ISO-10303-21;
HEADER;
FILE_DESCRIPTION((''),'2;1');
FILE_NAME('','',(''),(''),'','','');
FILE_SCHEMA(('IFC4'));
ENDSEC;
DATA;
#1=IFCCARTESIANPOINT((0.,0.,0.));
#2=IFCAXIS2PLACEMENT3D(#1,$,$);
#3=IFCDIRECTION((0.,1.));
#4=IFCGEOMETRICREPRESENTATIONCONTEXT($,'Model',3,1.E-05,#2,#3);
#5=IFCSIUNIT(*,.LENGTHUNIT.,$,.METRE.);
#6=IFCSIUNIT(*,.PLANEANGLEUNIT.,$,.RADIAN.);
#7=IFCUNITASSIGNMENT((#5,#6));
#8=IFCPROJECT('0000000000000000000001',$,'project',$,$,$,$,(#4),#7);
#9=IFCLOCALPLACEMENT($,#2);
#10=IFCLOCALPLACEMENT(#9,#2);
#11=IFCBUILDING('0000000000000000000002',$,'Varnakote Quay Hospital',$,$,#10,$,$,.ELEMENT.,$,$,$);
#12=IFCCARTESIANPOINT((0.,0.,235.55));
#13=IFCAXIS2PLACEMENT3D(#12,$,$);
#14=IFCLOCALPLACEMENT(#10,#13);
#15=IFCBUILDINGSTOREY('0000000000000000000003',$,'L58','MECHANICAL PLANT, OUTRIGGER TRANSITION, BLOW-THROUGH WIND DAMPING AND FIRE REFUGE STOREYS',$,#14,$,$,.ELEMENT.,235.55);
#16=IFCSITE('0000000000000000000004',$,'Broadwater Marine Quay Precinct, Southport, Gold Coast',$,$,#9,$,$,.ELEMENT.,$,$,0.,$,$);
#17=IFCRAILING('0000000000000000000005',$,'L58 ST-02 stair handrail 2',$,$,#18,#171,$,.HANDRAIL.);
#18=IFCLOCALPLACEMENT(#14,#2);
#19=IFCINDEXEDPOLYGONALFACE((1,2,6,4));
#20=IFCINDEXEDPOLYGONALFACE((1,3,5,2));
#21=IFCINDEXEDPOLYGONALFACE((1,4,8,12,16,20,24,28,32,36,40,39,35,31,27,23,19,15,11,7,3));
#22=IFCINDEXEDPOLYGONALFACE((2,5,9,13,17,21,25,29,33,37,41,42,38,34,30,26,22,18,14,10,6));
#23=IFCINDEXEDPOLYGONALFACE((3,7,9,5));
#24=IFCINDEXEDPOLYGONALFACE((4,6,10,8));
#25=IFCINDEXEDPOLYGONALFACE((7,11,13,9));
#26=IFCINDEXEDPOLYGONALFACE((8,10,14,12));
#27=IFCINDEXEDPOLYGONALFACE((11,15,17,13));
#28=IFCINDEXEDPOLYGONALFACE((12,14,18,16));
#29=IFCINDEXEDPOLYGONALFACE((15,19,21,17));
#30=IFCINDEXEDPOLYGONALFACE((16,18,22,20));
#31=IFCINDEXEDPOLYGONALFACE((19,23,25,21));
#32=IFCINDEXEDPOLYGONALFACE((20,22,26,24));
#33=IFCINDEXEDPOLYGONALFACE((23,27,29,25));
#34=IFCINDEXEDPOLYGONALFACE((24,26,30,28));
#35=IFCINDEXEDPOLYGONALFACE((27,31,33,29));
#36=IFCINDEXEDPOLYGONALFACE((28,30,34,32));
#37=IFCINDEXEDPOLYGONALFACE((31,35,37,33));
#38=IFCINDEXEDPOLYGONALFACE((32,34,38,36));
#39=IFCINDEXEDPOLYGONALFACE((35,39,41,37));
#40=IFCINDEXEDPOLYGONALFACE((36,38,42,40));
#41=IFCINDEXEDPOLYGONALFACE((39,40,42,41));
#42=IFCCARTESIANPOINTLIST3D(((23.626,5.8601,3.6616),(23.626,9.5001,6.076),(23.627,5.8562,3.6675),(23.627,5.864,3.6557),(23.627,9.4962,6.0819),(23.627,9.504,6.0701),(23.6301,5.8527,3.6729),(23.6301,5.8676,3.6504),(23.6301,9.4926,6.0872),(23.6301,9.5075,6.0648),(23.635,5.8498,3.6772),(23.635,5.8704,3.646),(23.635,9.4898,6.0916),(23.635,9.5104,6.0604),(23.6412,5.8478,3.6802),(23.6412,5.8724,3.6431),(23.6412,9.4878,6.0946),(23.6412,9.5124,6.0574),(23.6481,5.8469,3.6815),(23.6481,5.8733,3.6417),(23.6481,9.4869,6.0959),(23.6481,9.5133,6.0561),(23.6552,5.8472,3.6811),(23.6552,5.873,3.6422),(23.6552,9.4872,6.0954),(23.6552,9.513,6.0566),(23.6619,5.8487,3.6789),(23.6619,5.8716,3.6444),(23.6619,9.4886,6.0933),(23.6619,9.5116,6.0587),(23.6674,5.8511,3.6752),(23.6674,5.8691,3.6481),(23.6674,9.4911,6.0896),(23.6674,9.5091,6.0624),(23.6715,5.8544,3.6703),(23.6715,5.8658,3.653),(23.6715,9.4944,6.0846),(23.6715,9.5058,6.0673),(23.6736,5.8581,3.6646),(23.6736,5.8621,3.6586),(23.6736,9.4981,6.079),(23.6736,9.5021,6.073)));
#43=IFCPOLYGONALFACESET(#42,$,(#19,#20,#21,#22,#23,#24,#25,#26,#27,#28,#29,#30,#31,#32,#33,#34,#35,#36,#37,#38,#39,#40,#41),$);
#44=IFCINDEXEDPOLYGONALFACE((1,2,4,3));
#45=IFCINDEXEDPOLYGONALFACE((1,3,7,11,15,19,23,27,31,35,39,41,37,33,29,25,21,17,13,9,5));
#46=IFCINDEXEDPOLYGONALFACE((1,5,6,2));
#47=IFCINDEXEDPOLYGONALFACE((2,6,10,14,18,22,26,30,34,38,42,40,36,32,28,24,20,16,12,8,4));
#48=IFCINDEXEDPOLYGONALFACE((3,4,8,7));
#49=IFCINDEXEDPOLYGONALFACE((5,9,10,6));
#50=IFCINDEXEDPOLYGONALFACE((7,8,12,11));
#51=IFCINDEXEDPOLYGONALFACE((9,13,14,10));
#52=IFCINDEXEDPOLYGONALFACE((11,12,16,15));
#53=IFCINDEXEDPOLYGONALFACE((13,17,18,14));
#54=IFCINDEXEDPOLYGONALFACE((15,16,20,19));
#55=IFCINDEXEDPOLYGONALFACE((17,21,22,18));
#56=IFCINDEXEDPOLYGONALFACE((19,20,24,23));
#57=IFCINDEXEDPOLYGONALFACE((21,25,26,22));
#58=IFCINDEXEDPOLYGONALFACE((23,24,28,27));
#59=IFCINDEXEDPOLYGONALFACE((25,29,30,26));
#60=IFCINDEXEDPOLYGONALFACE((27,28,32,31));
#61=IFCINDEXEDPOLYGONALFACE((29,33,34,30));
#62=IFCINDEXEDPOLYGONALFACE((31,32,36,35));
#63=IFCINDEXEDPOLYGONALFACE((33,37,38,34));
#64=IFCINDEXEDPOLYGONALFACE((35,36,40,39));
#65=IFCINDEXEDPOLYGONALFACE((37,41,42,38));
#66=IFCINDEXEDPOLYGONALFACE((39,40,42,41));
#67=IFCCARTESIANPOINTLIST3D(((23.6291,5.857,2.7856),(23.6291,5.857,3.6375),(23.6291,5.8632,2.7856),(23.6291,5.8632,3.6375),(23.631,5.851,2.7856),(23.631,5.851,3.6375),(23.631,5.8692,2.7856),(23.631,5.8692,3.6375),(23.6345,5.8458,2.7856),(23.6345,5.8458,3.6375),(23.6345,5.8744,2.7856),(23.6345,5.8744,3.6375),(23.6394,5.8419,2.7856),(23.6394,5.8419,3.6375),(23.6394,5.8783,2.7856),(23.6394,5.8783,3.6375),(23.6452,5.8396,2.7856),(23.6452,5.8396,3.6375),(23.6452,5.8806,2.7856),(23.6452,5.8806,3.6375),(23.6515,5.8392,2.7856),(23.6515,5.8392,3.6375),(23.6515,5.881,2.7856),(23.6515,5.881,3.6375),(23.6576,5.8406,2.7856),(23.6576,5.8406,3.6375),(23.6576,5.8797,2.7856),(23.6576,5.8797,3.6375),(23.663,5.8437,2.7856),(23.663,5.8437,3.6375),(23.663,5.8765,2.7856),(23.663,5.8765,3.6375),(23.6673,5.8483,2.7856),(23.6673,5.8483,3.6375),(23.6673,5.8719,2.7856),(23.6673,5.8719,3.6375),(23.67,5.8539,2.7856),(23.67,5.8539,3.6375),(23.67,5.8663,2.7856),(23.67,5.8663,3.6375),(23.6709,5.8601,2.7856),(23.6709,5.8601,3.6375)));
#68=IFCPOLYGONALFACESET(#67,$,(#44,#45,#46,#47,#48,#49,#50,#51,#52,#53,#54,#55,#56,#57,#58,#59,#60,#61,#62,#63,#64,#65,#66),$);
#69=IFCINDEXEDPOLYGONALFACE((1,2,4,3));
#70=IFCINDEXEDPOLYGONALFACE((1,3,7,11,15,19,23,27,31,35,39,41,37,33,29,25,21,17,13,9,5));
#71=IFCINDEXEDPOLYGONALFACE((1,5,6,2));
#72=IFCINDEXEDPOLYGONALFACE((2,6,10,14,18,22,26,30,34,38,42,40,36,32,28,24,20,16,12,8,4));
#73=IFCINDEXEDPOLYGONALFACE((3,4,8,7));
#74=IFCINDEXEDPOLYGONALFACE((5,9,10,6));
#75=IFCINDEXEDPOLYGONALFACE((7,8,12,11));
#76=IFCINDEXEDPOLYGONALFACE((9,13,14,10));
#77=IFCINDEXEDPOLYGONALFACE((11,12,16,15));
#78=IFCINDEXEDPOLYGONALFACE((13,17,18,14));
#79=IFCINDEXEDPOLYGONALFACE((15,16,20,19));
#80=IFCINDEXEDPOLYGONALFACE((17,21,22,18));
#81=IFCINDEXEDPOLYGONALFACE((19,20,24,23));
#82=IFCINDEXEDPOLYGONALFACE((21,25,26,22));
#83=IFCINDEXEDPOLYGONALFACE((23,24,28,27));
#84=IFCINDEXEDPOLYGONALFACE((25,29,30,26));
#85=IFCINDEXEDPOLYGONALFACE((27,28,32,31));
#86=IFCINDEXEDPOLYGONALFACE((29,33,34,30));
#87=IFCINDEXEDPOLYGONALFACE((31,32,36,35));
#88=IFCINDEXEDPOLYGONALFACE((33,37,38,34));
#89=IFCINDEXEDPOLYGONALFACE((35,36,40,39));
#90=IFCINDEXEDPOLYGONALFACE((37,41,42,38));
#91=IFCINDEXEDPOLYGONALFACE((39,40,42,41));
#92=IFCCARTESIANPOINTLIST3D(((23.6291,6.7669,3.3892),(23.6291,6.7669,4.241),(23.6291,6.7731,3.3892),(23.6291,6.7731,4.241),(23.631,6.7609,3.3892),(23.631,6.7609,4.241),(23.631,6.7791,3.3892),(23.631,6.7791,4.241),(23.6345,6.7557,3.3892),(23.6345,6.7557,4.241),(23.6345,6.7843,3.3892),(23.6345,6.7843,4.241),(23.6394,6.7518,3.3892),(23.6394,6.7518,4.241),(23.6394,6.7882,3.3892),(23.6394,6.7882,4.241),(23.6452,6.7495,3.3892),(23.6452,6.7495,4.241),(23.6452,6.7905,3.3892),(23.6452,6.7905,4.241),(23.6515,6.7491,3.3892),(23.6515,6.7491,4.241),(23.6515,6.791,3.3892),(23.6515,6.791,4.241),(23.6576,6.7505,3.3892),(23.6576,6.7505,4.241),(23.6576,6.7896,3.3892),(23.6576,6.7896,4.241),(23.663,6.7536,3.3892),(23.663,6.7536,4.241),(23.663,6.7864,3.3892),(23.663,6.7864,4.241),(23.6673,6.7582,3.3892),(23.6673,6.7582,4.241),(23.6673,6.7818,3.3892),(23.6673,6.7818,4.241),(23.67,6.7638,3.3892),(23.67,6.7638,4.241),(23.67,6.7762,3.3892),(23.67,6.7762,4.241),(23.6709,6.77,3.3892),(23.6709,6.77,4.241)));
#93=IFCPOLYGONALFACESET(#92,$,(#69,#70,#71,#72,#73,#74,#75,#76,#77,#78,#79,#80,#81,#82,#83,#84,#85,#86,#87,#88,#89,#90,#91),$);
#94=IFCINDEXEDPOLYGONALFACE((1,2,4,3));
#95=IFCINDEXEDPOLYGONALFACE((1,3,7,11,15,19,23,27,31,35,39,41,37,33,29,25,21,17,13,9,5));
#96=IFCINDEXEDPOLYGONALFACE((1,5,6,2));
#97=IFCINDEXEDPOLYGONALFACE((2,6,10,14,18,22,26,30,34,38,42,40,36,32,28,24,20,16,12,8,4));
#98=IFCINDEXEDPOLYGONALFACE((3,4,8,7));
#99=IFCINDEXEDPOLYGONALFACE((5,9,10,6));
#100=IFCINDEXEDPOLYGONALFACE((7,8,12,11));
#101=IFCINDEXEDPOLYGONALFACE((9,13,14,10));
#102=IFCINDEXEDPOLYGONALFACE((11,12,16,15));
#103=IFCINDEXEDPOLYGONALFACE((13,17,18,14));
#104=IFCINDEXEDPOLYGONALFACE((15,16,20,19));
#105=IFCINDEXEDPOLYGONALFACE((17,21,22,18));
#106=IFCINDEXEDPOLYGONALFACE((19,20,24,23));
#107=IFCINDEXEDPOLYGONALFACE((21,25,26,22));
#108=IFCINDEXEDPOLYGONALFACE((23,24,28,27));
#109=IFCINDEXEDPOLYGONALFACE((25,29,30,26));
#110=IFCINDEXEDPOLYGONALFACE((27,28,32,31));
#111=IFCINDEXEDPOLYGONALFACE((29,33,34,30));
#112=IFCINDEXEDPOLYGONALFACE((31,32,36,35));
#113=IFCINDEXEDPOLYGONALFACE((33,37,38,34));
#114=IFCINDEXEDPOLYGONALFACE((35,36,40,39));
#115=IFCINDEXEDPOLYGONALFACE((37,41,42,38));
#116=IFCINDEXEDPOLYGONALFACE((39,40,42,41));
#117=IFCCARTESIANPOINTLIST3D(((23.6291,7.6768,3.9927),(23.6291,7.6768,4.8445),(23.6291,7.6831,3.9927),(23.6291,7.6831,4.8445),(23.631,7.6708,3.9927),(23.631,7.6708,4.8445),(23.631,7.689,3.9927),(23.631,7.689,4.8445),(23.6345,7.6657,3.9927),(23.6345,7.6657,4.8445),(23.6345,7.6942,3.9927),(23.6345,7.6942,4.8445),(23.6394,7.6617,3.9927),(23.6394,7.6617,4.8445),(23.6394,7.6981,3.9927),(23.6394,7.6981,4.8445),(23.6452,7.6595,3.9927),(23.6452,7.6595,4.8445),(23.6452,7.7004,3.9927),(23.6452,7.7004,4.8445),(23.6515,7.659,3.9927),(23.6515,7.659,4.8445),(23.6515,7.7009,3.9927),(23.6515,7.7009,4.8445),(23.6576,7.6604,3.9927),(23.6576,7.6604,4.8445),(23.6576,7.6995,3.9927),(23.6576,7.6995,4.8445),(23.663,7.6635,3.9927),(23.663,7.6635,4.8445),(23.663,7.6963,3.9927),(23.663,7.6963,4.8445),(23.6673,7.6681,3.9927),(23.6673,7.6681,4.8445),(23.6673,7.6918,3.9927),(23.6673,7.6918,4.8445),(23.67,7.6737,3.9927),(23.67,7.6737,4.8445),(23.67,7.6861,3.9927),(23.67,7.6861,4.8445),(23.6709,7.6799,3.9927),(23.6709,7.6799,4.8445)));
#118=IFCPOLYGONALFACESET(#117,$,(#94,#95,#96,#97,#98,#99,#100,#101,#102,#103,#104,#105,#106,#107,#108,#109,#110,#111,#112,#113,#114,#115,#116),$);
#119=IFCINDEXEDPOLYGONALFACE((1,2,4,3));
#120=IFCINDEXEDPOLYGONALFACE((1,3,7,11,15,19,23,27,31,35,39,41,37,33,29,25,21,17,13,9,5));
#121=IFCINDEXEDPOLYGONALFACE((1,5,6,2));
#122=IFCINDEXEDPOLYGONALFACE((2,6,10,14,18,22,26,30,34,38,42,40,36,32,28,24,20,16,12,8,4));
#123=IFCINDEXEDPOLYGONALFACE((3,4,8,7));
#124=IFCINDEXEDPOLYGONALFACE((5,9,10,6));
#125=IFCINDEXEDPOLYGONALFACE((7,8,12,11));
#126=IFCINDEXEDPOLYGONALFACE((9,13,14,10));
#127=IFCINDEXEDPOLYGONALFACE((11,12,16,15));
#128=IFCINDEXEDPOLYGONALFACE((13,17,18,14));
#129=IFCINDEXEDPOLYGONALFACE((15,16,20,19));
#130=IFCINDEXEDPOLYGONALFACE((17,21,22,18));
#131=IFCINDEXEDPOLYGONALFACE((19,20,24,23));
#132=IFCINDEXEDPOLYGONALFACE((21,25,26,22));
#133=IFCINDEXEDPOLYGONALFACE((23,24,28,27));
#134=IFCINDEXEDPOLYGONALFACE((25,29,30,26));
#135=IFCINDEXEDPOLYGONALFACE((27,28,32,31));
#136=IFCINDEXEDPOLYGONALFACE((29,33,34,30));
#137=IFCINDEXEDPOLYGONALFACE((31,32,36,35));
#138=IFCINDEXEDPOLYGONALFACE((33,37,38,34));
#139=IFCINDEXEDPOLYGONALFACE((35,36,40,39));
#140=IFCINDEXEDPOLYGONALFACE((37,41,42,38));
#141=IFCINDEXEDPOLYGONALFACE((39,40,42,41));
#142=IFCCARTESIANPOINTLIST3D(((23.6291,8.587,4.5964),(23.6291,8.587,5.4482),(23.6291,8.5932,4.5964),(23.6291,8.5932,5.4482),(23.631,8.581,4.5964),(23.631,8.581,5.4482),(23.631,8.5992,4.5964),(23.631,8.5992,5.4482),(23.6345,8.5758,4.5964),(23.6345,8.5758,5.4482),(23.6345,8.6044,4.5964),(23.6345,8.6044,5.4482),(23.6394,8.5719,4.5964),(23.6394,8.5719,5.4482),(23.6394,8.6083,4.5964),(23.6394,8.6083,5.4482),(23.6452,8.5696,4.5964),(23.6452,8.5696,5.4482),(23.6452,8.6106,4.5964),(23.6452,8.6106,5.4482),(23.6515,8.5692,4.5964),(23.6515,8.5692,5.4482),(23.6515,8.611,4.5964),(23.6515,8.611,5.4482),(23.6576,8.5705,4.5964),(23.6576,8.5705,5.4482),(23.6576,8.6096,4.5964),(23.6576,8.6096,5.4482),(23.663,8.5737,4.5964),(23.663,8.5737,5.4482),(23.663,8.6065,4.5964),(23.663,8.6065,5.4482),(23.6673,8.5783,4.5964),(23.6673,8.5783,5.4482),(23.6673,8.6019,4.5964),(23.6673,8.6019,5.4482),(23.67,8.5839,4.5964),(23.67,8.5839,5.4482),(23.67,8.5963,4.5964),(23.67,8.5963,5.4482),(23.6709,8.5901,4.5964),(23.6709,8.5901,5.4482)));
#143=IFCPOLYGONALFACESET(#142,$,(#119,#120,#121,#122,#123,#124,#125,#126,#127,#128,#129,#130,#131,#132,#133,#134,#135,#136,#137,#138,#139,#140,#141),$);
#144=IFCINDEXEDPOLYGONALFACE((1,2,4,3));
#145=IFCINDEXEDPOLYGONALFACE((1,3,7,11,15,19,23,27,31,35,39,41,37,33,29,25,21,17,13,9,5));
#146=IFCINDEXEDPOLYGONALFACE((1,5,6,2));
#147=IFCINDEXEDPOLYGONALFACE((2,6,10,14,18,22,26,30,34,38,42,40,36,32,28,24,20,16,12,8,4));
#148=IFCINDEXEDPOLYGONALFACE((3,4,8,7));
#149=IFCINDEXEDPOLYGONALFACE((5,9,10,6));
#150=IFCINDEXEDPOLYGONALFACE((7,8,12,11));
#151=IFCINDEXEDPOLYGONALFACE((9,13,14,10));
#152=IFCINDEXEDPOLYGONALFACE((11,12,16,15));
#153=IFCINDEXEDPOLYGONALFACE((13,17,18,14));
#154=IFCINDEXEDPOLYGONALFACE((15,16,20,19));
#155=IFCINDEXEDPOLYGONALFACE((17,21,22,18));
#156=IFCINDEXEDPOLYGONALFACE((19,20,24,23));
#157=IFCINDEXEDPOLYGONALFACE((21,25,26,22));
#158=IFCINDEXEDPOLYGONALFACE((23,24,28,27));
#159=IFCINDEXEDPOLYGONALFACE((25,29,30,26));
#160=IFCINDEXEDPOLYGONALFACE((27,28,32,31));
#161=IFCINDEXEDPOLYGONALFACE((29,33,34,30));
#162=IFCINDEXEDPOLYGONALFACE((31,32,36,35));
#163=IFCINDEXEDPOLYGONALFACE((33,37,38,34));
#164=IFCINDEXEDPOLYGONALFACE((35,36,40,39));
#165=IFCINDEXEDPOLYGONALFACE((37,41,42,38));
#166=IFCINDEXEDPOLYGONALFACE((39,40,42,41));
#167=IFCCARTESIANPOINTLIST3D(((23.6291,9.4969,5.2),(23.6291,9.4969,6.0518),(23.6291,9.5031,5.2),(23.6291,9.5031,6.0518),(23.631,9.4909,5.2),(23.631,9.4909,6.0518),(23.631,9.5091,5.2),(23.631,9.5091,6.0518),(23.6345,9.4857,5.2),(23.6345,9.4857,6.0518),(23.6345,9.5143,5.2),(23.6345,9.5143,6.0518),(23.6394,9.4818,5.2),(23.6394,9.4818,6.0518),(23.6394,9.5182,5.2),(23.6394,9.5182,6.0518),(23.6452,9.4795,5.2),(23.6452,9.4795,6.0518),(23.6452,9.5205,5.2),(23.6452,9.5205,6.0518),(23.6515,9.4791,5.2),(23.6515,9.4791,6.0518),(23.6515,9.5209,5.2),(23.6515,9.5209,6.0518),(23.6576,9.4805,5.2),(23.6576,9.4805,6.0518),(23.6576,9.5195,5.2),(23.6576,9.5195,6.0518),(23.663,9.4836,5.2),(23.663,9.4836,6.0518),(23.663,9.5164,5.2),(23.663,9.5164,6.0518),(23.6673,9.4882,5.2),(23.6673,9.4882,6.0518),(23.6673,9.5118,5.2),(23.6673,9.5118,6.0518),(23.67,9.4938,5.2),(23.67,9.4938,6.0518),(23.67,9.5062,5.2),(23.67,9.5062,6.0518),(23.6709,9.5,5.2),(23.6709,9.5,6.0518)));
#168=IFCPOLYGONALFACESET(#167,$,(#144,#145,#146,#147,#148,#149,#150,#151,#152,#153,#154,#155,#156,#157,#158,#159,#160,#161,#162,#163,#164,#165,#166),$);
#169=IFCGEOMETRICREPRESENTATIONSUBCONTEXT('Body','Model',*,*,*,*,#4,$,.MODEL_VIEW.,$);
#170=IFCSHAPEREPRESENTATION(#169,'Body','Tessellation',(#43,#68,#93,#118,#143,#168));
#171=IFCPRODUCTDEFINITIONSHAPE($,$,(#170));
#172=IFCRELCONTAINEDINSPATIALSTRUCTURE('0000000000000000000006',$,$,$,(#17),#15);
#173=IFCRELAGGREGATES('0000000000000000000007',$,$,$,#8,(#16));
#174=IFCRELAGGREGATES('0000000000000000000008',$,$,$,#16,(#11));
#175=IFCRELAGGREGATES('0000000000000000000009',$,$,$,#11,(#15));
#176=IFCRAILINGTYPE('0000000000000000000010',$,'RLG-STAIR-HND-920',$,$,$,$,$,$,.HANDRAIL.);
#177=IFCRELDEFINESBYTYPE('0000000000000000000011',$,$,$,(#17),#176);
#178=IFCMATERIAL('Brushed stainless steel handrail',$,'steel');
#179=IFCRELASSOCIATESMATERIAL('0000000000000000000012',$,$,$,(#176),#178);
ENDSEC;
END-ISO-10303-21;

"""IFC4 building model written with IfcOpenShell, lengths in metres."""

from ifc_helpers import new_model, si_unit, direction, frame, origin, origin_2d, place, context, subcontext, project, spatial, circle, extrude, material, type_object, element, save


model = new_model("IFC4")

# Units and contexts
model_context = context("Model", 3, precision=1e-05, world=origin(), true_north=direction((0.0, 1.0)))
body_context = subcontext(model_context, "Body", "Model", "MODEL_VIEW")
ifc_project = project(units=[si_unit("LENGTHUNIT", "METRE"), si_unit("PLANEANGLEUNIT", "RADIAN")], contexts=[model_context])

# Site, building, storey
site_placement = place(None, origin())
site = spatial("IfcSite", under=ifc_project, at=site_placement, Name="Broadwater Marine Quay Precinct, Southport, Gold Coast", CompositionType="ELEMENT", RefElevation=0.0)
building_placement = place(site_placement, origin())
building = spatial("IfcBuilding", under=site, at=building_placement, Name="Varnakote Quay Hospital", CompositionType="ELEMENT")
storey_placement = place(building_placement, frame((0.0, 0.0, 235.55)))
storey = spatial("IfcBuildingStorey", under=building, at=storey_placement, Name="L58", Description="MECHANICAL PLANT, OUTRIGGER TRANSITION, BLOW-THROUGH WIND DAMPING AND FIRE REFUGE STOREYS", CompositionType="ELEMENT", Elevation=235.55)

# Railing
ifc_material_1 = material(Name="Brushed stainless steel handrail", Category="steel")
railing_type_1 = type_object("IfcRailingType", Name="RLG-STAIR-HND-920", PredefinedType="HANDRAIL", material=ifc_material_1)
railing_1_placement = place(storey_placement, frame((23.6499, 5.8601, 2.7856)))
element("IfcRailing", 1, at=railing_1_placement, inside=storey, type_object=railing_type_1, Name="L58 ST-02 stair handrail 2", PredefinedType="HANDRAIL", context=body_context, shape_type="SweptSolid", body=[
    extrude(circle(Radius=0.0239, at=origin_2d()), frame((0.0, 0.0, 0.876), z_axis=(0.0, 0.833347, 0.552751), x_axis=(-1.0, 0.0, 0.0)), (0.0, 0.0, 1.0), 4.3679),
    extrude(circle(Radius=0.021, at=origin_2d()), origin(), (0.0, 0.0, 1.0), 0.8518),
    extrude(circle(Radius=0.021, at=origin_2d()), frame((0.0, 0.9099, 0.6035)), (0.0, 0.0, 1.0), 0.8518),
    extrude(circle(Radius=0.021, at=origin_2d()), frame((0.0, 1.8198, 1.207)), (0.0, 0.0, 1.0), 0.8518),
    extrude(circle(Radius=0.021, at=origin_2d()), frame((0.0, 2.73, 1.8108)), (0.0, 0.0, 1.0), 0.8518),
    extrude(circle(Radius=0.021, at=origin_2d()), frame((0.0, 3.6399, 2.4143)), (0.0, 0.0, 1.0), 0.8518),
])

save(model, "model.ifc")
